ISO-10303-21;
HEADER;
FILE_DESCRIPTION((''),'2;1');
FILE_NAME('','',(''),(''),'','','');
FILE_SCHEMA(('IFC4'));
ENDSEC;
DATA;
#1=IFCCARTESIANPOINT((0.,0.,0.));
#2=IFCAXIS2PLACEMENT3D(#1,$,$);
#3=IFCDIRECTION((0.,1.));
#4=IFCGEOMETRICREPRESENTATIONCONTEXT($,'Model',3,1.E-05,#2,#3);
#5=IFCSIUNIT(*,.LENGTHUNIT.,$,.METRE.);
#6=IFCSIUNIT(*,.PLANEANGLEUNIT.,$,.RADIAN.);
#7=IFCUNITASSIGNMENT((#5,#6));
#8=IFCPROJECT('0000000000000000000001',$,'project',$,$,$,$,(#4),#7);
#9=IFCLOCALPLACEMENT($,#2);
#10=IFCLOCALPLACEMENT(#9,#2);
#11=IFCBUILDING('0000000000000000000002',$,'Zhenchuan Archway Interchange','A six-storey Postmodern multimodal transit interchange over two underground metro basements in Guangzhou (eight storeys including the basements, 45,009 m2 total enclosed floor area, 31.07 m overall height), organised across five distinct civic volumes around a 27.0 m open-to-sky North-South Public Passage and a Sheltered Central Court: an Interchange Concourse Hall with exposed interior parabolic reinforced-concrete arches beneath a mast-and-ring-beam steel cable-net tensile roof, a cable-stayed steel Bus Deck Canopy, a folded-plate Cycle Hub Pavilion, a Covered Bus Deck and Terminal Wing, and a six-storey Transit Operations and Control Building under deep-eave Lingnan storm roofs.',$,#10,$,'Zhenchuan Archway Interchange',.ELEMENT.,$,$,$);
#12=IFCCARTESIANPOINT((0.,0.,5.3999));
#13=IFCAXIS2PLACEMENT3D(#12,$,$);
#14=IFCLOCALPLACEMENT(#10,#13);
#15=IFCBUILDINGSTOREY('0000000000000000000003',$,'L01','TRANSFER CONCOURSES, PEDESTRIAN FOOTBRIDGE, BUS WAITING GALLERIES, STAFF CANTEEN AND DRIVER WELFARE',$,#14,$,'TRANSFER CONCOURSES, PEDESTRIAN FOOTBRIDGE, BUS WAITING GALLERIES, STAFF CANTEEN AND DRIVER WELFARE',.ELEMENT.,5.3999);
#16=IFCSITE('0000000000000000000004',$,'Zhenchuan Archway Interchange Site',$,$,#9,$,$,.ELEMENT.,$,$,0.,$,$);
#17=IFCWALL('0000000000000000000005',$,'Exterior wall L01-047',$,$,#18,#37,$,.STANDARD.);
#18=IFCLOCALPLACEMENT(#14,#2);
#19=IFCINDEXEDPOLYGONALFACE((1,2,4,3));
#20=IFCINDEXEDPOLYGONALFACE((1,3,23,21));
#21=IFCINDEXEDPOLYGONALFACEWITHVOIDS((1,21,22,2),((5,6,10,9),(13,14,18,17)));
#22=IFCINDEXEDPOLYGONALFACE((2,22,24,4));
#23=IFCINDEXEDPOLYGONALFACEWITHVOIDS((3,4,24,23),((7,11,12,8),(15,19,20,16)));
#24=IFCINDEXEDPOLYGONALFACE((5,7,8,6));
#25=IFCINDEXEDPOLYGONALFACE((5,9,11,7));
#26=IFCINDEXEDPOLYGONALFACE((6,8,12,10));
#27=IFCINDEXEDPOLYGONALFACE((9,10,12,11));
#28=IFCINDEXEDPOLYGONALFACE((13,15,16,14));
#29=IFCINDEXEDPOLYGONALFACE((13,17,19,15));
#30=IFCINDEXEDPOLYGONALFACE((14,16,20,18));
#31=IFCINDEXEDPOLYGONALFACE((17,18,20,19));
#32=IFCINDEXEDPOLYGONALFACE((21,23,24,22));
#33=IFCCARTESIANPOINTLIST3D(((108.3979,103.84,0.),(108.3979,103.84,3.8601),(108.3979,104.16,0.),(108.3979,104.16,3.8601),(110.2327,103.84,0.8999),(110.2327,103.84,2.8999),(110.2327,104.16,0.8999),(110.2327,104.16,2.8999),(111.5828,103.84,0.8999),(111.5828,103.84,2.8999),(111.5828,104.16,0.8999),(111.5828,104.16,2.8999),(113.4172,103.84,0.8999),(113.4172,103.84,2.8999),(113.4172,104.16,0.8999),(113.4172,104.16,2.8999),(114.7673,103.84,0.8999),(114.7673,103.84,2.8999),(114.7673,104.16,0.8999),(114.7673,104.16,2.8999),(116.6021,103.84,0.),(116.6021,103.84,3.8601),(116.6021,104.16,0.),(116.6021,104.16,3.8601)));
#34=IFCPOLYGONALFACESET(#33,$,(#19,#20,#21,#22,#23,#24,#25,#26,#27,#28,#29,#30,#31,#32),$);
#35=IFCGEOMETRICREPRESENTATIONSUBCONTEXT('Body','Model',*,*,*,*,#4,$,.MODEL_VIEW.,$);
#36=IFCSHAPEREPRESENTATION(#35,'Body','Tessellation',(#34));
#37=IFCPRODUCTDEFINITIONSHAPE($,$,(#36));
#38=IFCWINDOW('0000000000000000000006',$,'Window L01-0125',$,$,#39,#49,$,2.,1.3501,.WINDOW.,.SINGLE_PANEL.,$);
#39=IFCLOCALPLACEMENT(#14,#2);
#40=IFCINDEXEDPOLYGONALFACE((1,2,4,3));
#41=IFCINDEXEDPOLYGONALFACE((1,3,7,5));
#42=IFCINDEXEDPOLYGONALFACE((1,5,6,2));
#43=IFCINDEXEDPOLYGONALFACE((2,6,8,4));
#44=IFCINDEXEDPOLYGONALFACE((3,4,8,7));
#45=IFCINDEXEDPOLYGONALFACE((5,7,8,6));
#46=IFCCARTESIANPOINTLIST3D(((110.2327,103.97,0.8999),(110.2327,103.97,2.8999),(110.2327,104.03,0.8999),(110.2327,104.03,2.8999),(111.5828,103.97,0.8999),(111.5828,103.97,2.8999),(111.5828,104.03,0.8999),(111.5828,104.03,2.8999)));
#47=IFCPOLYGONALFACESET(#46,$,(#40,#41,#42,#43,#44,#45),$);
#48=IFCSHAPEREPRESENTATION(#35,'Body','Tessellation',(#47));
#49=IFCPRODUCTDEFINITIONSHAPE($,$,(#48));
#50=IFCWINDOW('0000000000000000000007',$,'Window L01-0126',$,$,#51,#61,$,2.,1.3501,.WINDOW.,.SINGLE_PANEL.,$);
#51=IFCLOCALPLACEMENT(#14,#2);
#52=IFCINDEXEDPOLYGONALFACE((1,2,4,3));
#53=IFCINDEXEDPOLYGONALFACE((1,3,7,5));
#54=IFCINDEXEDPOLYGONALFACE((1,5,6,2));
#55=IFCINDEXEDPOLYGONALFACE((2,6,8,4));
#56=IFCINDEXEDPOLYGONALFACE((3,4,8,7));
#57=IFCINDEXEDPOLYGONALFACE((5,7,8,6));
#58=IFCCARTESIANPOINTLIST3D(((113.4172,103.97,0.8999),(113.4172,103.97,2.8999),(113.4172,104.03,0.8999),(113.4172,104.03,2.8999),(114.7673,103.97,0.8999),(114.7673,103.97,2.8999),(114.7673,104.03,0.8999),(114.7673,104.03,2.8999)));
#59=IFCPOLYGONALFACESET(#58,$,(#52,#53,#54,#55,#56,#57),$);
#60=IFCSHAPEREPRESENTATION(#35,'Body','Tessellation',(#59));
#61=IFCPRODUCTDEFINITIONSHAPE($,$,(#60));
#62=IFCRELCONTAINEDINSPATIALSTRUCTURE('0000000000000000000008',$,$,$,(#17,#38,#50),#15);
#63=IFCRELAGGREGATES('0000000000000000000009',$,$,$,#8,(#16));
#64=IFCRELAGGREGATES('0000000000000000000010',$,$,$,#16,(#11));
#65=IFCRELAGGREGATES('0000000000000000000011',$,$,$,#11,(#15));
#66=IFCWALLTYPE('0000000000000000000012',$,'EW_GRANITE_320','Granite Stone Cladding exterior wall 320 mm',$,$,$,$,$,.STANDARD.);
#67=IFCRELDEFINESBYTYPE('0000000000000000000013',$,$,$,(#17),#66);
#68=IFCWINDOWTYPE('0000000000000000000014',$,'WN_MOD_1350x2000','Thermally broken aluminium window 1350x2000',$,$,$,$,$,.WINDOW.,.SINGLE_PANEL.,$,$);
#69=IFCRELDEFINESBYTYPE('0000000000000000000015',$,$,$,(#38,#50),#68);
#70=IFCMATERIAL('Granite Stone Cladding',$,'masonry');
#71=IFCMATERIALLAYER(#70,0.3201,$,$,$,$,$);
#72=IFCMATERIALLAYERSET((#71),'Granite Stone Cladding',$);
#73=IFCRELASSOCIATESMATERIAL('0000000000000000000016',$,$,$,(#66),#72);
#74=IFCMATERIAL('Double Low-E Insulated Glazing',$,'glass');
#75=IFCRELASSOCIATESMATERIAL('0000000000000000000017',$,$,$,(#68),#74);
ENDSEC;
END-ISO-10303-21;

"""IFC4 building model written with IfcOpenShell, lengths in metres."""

from ifc_helpers import new_model, si_unit, direction, frame, frame_2d, origin, place, context, subcontext, project, spatial, rectangle, extrude, material, layer, layer_set, type_object, element, fill, save


model = new_model("IFC4")

# Units and contexts
model_context = context("Model", 3, precision=1e-05, world=origin(), true_north=direction((0.0, 1.0)))
body_context = subcontext(model_context, "Body", "Model", "MODEL_VIEW")
ifc_project = project(units=[si_unit("LENGTHUNIT", "METRE"), si_unit("PLANEANGLEUNIT", "RADIAN")], contexts=[model_context])

# Site, building, storey
site_placement = place(None, origin())
site = spatial("IfcSite", under=ifc_project, at=site_placement, Name="Zhenchuan Archway Interchange Site", CompositionType="ELEMENT", RefElevation=0.0)
building_placement = place(site_placement, origin())
building = spatial("IfcBuilding", under=site, at=building_placement, Name="Zhenchuan Archway Interchange", Description="A six-storey Postmodern multimodal transit interchange over two underground metro basements in Guangzhou (eight storeys including the basements, 45,009 m2 total enclosed floor area, 31.07 m overall height), organised across five distinct civic volumes around a 27.0 m open-to-sky North-South Public Passage and a Sheltered Central Court: an Interchange Concourse Hall with exposed interior parabolic reinforced-concrete arches beneath a mast-and-ring-beam steel cable-net tensile roof, a cable-stayed steel Bus Deck Canopy, a folded-plate Cycle Hub Pavilion, a Covered Bus Deck and Terminal Wing, and a six-storey Transit Operations and Control Building under deep-eave Lingnan storm roofs.", LongName="Zhenchuan Archway Interchange", CompositionType="ELEMENT")
storey_placement = place(building_placement, frame((0.0, 0.0, 5.3999)))
storey = spatial("IfcBuildingStorey", under=building, at=storey_placement, Name="L01", Description="TRANSFER CONCOURSES, PEDESTRIAN FOOTBRIDGE, BUS WAITING GALLERIES, STAFF CANTEEN AND DRIVER WELFARE", LongName="TRANSFER CONCOURSES, PEDESTRIAN FOOTBRIDGE, BUS WAITING GALLERIES, STAFF CANTEEN AND DRIVER WELFARE", CompositionType="ELEMENT", Elevation=5.3999)

# Shared definitions
ifc_material_1 = material(Name="Double Low-E Insulated Glazing", Category="glass")

# Wall, openings, windows
ifc_material_2 = material(Name="Granite Stone Cladding", Category="masonry")
ifc_layer_1 = layer(ifc_material_2, 0.3201)
ifc_layer_set_1 = layer_set([ifc_layer_1], Name="Granite Stone Cladding")
wall_type = type_object("IfcWallType", Name="EW_GRANITE_320", Description="Granite Stone Cladding exterior wall 320 mm", PredefinedType="STANDARD", material=ifc_layer_set_1)
wall_placement = place(storey_placement, frame((108.3979, 104.0, 0.0), z_axis=(0.0, 0.0, 1.0), x_axis=(1.0, 0.0, 0.0)))
wall = element("IfcWall", 1, at=wall_placement, inside=storey, type_object=wall_type, Name="Exterior wall L01-047", PredefinedType="STANDARD", context=body_context, shape_type="SweptSolid", body=[
    extrude(rectangle(XDim=8.2041, YDim=0.3201, at=frame_2d((4.1021, 0.0))), origin(), (0.0, 0.0, 1.0), 3.8601),
])
opening_1_placement = place(wall_placement, frame((1.8347, 0.0, 0.8999)))
opening_1 = element("IfcOpeningElement", 2, at=opening_1_placement, cuts=wall, PredefinedType="OPENING", context=body_context, shape_type="SweptSolid", body=[
    extrude(rectangle(XDim=1.3501, YDim=2.0, at=frame_2d((0.675, 1.0))), frame((0.0, 0.1719, 0.0), z_axis=(0.0, -1.0, 0.0), x_axis=(1.0, 0.0, 0.0)), (0.0, 0.0, 1.0), 0.344),
])
opening_2_placement = place(wall_placement, frame((5.0193, 0.0, 0.8999)))
opening_2 = element("IfcOpeningElement", 3, at=opening_2_placement, cuts=wall, PredefinedType="OPENING", context=body_context, shape_type="SweptSolid", body=[
    extrude(rectangle(XDim=1.3501, YDim=2.0, at=frame_2d((0.675, 1.0))), frame((0.0, 0.1719, 0.0), z_axis=(0.0, -1.0, 0.0), x_axis=(1.0, 0.0, 0.0)), (0.0, 0.0, 1.0), 0.344),
])
window_type = type_object("IfcWindowType", Name="WN_MOD_1350x2000", Description="Thermally broken aluminium window 1350x2000", PartitioningType="SINGLE_PANEL", PredefinedType="WINDOW", material=ifc_material_1)
window_1_placement = place(opening_1_placement, origin())
window_1 = element("IfcWindow", 4, at=window_1_placement, inside=storey, type_object=window_type, Name="Window L01-0125", OverallHeight=2.0, OverallWidth=1.3501, PartitioningType="SINGLE_PANEL", PredefinedType="WINDOW", context=body_context, shape_type="SweptSolid", body=[
    extrude(rectangle(XDim=1.3501, YDim=2.0, at=frame_2d((0.675, 1.0))), frame((0.0, 0.03, 0.0), z_axis=(0.0, -1.0, 0.0), x_axis=(1.0, 0.0, 0.0)), (0.0, 0.0, 1.0), 0.0601),
])
fill(opening_1, window_1)
window_2_placement = place(opening_2_placement, origin())
window_2 = element("IfcWindow", 5, at=window_2_placement, inside=storey, type_object=window_type, Name="Window L01-0126", OverallHeight=2.0, OverallWidth=1.3501, PartitioningType="SINGLE_PANEL", PredefinedType="WINDOW", context=body_context, shape_type="SweptSolid", body=[
    extrude(rectangle(XDim=1.3501, YDim=2.0, at=frame_2d((0.675, 1.0))), frame((0.0, 0.03, 0.0), z_axis=(0.0, -1.0, 0.0), x_axis=(1.0, 0.0, 0.0)), (0.0, 0.0, 1.0), 0.0601),
])
fill(opening_2, window_2)

save(model, "model.ifc")
